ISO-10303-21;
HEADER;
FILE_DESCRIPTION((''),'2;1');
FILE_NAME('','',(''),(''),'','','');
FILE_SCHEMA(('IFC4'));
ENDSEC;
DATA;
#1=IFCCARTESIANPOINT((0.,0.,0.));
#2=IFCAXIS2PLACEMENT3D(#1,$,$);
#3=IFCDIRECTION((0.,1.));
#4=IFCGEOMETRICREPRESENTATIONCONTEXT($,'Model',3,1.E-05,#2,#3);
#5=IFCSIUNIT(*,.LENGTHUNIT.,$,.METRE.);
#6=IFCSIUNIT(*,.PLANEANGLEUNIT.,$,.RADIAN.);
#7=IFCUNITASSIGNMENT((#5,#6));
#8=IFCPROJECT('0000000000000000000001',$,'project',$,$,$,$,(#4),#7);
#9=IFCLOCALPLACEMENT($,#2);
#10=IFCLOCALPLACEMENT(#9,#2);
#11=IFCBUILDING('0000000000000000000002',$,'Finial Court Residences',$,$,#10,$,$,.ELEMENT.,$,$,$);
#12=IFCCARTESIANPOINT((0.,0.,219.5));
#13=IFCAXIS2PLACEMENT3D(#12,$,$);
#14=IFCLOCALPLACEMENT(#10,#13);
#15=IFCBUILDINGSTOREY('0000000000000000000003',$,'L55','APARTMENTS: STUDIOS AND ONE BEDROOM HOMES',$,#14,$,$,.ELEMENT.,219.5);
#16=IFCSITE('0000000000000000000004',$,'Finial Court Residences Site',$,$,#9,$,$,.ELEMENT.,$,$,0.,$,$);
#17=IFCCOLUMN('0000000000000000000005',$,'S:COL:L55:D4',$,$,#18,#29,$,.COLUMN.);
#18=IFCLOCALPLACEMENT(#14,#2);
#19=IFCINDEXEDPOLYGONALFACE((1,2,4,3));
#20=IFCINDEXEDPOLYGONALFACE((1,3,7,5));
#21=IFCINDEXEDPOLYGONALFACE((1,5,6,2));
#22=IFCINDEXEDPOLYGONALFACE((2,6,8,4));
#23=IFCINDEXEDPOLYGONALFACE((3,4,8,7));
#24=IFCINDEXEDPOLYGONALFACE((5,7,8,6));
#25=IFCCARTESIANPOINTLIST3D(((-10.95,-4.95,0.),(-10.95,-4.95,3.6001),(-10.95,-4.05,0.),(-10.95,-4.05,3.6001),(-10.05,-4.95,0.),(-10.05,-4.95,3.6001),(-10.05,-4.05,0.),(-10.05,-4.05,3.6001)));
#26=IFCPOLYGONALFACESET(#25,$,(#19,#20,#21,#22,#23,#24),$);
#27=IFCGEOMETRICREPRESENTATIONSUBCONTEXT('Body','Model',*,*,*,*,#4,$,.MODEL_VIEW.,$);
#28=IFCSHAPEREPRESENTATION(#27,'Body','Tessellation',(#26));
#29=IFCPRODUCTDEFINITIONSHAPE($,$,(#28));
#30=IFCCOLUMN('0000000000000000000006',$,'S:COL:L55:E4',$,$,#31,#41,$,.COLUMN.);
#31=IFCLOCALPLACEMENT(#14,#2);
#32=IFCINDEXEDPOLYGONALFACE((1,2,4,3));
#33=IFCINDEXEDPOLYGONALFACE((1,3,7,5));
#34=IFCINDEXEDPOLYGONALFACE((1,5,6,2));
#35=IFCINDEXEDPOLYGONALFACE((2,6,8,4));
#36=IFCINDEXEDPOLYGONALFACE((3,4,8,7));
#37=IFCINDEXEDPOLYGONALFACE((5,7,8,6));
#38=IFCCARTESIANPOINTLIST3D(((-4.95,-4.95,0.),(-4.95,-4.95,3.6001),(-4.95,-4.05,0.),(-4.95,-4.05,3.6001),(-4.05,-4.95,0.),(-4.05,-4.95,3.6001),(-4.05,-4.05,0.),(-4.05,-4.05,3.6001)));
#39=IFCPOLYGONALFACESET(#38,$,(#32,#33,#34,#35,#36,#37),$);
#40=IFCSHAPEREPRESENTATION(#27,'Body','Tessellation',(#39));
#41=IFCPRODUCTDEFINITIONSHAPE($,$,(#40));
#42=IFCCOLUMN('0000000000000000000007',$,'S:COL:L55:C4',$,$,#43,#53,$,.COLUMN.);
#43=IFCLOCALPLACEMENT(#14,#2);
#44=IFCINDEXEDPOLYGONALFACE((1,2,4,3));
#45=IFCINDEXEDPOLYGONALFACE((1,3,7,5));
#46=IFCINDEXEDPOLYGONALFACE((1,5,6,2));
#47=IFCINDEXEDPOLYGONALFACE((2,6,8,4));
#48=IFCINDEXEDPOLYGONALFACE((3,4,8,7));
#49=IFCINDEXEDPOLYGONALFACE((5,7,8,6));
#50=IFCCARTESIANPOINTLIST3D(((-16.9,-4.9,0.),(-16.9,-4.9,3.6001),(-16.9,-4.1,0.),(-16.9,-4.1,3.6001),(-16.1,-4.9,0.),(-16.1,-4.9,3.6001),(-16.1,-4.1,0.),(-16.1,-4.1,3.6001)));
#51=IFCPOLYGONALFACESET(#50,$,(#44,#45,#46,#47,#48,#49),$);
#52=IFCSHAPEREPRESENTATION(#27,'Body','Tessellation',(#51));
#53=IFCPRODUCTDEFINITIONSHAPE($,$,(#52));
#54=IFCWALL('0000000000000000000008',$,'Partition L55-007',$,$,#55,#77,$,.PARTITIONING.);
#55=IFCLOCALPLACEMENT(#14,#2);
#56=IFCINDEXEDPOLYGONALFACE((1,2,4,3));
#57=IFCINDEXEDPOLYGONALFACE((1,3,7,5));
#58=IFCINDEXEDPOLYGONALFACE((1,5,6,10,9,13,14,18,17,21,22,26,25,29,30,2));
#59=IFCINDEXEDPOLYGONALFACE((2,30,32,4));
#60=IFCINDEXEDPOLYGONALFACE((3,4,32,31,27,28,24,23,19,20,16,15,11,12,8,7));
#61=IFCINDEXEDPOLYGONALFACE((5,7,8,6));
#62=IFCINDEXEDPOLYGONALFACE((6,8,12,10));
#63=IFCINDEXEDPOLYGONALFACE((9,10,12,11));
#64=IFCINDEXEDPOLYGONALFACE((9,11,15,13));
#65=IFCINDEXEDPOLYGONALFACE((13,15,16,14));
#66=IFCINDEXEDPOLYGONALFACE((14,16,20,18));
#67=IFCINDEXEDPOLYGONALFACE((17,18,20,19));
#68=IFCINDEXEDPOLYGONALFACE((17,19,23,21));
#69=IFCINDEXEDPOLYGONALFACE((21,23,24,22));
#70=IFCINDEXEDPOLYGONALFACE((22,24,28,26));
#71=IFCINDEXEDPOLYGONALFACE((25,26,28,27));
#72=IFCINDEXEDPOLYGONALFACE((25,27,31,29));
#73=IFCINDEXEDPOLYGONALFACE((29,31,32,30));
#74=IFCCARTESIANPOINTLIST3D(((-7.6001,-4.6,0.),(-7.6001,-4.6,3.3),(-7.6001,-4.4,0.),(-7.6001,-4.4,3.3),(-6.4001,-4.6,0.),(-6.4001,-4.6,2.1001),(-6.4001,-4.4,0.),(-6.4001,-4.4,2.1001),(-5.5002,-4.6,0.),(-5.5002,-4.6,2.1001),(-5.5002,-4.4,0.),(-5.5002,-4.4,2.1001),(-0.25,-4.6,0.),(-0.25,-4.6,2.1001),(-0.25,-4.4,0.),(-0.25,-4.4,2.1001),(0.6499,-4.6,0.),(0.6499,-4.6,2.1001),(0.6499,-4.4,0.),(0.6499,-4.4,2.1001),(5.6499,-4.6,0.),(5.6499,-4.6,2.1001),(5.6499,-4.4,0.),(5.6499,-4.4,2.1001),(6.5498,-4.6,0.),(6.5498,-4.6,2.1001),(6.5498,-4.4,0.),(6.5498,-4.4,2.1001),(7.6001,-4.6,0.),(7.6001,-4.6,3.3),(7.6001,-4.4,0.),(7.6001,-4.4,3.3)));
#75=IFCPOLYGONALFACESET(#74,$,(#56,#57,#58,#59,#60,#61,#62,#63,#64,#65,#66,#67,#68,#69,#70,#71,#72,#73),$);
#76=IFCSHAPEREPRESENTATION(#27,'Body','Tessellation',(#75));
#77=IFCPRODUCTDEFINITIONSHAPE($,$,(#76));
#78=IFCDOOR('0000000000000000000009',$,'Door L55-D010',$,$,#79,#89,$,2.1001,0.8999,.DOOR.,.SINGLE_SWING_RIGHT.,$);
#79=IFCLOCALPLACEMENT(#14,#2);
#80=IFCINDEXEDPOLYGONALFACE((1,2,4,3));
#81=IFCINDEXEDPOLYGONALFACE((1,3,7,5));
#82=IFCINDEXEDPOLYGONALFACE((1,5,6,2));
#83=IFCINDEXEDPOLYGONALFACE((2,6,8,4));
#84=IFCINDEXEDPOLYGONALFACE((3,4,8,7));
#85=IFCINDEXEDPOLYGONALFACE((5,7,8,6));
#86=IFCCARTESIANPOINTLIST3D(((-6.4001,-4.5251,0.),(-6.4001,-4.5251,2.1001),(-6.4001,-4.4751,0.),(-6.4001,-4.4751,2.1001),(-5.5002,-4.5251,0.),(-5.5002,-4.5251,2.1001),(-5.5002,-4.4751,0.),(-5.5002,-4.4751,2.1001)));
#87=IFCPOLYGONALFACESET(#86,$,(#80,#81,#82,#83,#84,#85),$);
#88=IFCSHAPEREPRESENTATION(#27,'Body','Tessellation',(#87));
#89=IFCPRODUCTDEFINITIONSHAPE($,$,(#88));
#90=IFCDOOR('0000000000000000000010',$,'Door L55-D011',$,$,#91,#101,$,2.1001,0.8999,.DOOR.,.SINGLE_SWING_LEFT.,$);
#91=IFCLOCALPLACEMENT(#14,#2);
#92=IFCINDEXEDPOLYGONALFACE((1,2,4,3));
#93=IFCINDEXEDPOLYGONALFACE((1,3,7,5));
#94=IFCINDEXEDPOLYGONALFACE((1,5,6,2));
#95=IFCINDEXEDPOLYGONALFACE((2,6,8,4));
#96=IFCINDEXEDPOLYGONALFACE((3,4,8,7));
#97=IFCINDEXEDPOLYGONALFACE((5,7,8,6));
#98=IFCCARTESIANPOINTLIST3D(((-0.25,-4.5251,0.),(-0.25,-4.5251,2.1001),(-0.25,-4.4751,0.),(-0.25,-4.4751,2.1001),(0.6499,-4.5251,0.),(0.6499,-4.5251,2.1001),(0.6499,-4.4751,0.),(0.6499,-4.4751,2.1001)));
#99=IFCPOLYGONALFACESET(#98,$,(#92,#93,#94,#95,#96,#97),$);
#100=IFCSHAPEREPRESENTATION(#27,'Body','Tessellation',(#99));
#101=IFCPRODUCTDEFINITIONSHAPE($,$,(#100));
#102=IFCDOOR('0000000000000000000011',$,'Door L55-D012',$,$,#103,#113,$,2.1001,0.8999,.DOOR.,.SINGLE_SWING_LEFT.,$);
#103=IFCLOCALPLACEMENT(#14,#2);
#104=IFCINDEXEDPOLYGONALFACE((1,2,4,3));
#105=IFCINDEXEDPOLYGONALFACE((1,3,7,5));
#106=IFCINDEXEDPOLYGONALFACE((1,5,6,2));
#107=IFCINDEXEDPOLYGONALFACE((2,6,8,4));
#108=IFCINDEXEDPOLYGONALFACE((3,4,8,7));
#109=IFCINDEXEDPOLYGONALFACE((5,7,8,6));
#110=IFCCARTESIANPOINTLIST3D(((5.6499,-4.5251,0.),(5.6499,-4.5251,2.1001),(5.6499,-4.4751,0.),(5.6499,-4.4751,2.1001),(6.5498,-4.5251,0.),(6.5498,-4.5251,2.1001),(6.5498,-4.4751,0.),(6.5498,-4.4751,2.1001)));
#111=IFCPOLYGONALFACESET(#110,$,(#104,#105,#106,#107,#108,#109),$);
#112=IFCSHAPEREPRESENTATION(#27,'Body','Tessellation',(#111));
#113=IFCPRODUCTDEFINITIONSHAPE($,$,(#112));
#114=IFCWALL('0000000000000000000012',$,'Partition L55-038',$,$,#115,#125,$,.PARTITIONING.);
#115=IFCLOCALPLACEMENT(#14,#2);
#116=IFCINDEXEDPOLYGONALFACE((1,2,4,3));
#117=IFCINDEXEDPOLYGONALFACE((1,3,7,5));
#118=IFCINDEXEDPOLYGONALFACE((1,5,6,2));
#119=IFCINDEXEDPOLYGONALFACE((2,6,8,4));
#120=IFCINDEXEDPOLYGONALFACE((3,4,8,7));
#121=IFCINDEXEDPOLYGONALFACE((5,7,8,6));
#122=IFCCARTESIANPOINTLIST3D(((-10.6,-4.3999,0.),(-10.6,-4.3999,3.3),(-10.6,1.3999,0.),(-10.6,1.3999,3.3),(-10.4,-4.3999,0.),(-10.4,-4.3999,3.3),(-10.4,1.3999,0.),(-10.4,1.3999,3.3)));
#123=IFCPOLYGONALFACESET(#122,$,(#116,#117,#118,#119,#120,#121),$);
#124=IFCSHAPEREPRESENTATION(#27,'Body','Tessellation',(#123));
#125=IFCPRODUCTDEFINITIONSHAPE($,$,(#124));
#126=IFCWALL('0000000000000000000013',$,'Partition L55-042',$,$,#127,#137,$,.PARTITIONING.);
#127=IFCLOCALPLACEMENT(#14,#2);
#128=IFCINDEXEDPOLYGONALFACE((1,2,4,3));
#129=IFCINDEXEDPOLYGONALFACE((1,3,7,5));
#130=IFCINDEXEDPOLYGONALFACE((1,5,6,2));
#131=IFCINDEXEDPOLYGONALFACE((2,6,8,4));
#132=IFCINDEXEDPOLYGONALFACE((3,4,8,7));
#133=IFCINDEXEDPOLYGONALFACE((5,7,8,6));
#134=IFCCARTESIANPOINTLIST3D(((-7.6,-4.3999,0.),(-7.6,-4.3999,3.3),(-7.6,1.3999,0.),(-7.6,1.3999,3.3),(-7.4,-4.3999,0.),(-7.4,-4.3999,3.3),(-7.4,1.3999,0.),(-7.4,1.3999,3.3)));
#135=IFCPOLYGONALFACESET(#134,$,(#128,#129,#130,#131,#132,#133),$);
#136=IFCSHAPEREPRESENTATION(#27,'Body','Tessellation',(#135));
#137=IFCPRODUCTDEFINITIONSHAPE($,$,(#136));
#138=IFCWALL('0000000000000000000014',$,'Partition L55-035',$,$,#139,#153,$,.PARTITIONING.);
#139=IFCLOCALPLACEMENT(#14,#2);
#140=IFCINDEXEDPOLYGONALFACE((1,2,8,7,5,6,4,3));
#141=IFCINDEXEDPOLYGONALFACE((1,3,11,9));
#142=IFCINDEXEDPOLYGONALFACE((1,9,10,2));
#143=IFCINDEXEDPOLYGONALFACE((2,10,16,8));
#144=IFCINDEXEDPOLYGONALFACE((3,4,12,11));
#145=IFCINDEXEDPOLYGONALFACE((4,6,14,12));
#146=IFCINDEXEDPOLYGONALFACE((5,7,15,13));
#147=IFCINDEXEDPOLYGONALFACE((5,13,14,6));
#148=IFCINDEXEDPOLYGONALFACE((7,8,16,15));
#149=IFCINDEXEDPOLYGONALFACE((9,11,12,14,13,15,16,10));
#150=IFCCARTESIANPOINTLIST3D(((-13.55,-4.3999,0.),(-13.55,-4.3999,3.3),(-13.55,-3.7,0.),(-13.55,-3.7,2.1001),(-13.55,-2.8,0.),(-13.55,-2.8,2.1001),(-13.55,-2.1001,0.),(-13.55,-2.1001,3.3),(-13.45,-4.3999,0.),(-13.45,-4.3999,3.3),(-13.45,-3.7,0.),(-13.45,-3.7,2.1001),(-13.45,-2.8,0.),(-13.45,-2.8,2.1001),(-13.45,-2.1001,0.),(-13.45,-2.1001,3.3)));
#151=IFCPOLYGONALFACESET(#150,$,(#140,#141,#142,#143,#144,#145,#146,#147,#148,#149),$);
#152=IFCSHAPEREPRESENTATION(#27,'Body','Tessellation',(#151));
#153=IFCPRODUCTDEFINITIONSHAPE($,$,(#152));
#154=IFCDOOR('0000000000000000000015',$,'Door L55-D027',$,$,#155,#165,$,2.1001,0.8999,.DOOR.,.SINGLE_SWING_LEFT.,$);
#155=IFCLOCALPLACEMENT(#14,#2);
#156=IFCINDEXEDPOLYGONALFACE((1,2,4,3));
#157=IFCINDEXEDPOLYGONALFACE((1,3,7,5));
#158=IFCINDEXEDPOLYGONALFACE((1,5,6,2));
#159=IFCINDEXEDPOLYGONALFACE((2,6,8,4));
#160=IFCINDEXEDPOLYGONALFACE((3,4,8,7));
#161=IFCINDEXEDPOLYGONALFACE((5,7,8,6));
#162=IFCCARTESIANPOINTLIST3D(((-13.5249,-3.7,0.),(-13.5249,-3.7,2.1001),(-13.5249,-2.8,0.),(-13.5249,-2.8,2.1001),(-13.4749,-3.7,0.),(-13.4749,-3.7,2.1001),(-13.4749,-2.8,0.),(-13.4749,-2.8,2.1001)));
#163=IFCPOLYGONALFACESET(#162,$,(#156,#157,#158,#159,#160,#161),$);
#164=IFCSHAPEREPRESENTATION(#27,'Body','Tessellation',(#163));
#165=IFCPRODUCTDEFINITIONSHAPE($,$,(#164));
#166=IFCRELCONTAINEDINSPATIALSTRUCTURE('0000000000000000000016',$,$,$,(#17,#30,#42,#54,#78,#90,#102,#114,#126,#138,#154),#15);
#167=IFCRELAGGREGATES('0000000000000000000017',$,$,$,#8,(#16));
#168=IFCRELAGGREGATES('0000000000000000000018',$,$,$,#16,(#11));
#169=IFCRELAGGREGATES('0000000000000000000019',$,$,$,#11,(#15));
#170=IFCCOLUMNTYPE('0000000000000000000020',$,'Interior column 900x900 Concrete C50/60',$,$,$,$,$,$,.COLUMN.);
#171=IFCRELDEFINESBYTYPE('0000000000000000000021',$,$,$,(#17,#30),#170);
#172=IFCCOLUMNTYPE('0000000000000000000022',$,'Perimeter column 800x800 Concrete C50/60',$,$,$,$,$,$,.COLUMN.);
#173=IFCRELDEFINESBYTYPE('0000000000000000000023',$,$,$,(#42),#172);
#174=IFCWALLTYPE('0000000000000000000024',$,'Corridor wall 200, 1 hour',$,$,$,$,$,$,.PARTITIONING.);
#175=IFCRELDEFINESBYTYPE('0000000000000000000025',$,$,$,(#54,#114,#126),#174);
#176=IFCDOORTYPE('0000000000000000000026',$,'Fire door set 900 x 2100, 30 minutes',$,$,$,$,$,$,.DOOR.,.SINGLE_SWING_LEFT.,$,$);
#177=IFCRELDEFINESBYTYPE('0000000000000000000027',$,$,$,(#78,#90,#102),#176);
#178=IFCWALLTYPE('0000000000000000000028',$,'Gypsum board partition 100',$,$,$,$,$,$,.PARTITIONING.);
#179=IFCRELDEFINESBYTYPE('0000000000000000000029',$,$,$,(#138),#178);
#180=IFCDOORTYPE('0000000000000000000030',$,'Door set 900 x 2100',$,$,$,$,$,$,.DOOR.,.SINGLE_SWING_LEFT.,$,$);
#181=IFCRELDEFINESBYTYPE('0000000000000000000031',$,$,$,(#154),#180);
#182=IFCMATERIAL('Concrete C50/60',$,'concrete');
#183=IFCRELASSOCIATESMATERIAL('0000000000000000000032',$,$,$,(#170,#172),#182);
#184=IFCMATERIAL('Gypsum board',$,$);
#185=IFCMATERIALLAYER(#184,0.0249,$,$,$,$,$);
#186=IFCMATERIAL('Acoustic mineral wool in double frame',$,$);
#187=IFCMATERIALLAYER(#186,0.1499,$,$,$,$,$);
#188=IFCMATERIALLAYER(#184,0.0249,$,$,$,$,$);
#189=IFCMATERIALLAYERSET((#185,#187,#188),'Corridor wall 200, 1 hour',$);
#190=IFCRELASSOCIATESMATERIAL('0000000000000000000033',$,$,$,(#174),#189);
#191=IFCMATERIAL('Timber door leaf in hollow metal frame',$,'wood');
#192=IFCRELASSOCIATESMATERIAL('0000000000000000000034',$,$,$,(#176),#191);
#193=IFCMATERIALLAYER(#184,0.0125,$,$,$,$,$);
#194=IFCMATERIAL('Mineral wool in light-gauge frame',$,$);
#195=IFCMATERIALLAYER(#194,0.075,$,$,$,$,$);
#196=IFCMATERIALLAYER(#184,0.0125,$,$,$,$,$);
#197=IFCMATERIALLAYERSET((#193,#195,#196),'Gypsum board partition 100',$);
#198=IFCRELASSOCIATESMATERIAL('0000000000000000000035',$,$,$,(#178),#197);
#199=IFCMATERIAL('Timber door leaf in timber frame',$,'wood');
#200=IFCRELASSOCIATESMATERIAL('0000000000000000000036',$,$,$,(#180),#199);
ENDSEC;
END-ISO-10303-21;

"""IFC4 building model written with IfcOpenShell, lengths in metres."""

from ifc_helpers import new_model, si_unit, direction, frame, frame_2d, origin, origin_2d, place, context, subcontext, project, spatial, rectangle, extrude, material, layer, layer_set, material_profile, profile_set, type_object, element, fill, save


model = new_model("IFC4")

# Units and contexts
model_context = context("Model", 3, precision=1e-05, world=origin(), true_north=direction((0.0, 1.0)))
body_context = subcontext(model_context, "Body", "Model", "MODEL_VIEW")
ifc_project = project(units=[si_unit("LENGTHUNIT", "METRE"), si_unit("PLANEANGLEUNIT", "RADIAN")], contexts=[model_context])

# Site, building, storey
site_placement = place(None, origin())
site = spatial("IfcSite", under=ifc_project, at=site_placement, Name="Finial Court Residences Site", CompositionType="ELEMENT", RefElevation=0.0)
building_placement = place(site_placement, origin())
building = spatial("IfcBuilding", under=site, at=building_placement, Name="Finial Court Residences", CompositionType="ELEMENT")
storey_placement = place(building_placement, frame((0.0, 0.0, 219.5)))
storey = spatial("IfcBuildingStorey", under=building, at=storey_placement, Name="L55", Description="APARTMENTS: STUDIOS AND ONE BEDROOM HOMES", CompositionType="ELEMENT", Elevation=219.5)

# Columns
ifc_material_1 = material(Name="Concrete C50/60", Category="concrete")
ifc_material_profile_1 = material_profile(ifc_material_1, rectangle(XDim=0.8999, YDim=0.8999, at=origin_2d()), Name="900x900")
ifc_profile_set_1 = profile_set([ifc_material_profile_1], Name="Concrete C50/60")
column_type_1 = type_object("IfcColumnType", Name="Interior column 900x900 Concrete C50/60", PredefinedType="COLUMN", material=ifc_profile_set_1)
for number, where, z_axis, x_axis, name in (
    (1, (-10.5, -4.5, 0.0), (0.0, 0.0, 1.0), (1.0, 0.0, 0.0), "S:COL:L55:D4"),
    (2, (-4.5, -4.5, 0.0), (0.0, 0.0, 1.0), (1.0, 0.0, 0.0), "S:COL:L55:E4"),
):
    element("IfcColumn", number, at=place(storey_placement, frame(where, z_axis=z_axis, x_axis=x_axis)), inside=storey, type_object=column_type_1, Name=name, PredefinedType="COLUMN", context=body_context, shape_type="SweptSolid", body=[
        extrude(rectangle(XDim=0.8999, YDim=0.8999, at=origin_2d()), origin(), (0.0, 0.0, 1.0), 3.6001),
    ])
ifc_material_profile_2 = material_profile(ifc_material_1, rectangle(XDim=0.8, YDim=0.8, at=origin_2d()), Name="800x800")
ifc_profile_set_2 = profile_set([ifc_material_profile_2], Name="Concrete C50/60")
column_type_2 = type_object("IfcColumnType", Name="Perimeter column 800x800 Concrete C50/60", PredefinedType="COLUMN", material=ifc_profile_set_2)
column_placement = place(storey_placement, frame((-16.5, -4.5, 0.0), z_axis=(0.0, 0.0, 1.0), x_axis=(1.0, 0.0, 0.0)))
element("IfcColumn", 3, at=column_placement, inside=storey, type_object=column_type_2, Name="S:COL:L55:C4", PredefinedType="COLUMN", context=body_context, shape_type="SweptSolid", body=[
    extrude(rectangle(XDim=0.8, YDim=0.8, at=origin_2d()), origin(), (0.0, 0.0, 1.0), 3.6001),
])

# Wall, openings, doors
ifc_material_2 = material(Name="Gypsum board")
ifc_layer_1 = layer(ifc_material_2, 0.0249)
ifc_material_3 = material(Name="Acoustic mineral wool in double frame")
ifc_layer_2 = layer(ifc_material_3, 0.1499)
ifc_layer_3 = layer(ifc_material_2, 0.0249)
ifc_layer_set_1 = layer_set([ifc_layer_1, ifc_layer_2, ifc_layer_3], Name="Corridor wall 200, 1 hour")
wall_type_1 = type_object("IfcWallType", Name="Corridor wall 200, 1 hour", PredefinedType="PARTITIONING", material=ifc_layer_set_1)
wall_1_placement = place(storey_placement, frame((-7.6001, -4.5, 0.0), z_axis=(0.0, 0.0, 1.0), x_axis=(1.0, 0.0, 0.0)))
wall_1 = element("IfcWall", 4, at=wall_1_placement, inside=storey, type_object=wall_type_1, Name="Partition L55-007", PredefinedType="PARTITIONING", context=body_context, shape_type="SweptSolid", body=[
    extrude(rectangle(XDim=15.2002, YDim=0.2, at=frame_2d((7.6001, 0.0))), origin(), (0.0, 0.0, 1.0), 3.3),
])
opening_1_placement = place(wall_1_placement, frame((1.2, 0.0, 0.0)))
opening_1 = element("IfcOpeningElement", 5, at=opening_1_placement, cuts=wall_1, PredefinedType="OPENING", context=body_context, shape_type="SweptSolid", body=[
    extrude(rectangle(XDim=0.8999, YDim=2.1001, at=frame_2d((0.45, 1.05))), frame((0.0, 0.1099, 0.0), z_axis=(0.0, -1.0, 0.0), x_axis=(1.0, 0.0, 0.0)), (0.0, 0.0, 1.0), 0.22),
])
opening_2_placement = place(wall_1_placement, frame((7.3501, 0.0, 0.0)))
opening_2 = element("IfcOpeningElement", 6, at=opening_2_placement, cuts=wall_1, PredefinedType="OPENING", context=body_context, shape_type="SweptSolid", body=[
    extrude(rectangle(XDim=0.8999, YDim=2.1001, at=frame_2d((0.45, 1.05))), frame((0.0, 0.1099, 0.0), z_axis=(0.0, -1.0, 0.0), x_axis=(1.0, 0.0, 0.0)), (0.0, 0.0, 1.0), 0.22),
])
opening_3_placement = place(wall_1_placement, frame((13.25, 0.0, 0.0)))
opening_3 = element("IfcOpeningElement", 7, at=opening_3_placement, cuts=wall_1, PredefinedType="OPENING", context=body_context, shape_type="SweptSolid", body=[
    extrude(rectangle(XDim=0.8999, YDim=2.1001, at=frame_2d((0.45, 1.05))), frame((0.0, 0.1099, 0.0), z_axis=(0.0, -1.0, 0.0), x_axis=(1.0, 0.0, 0.0)), (0.0, 0.0, 1.0), 0.22),
])
ifc_material_4 = material(Name="Timber door leaf in hollow metal frame", Category="wood")
door_type_1 = type_object("IfcDoorType", Name="Fire door set 900 x 2100, 30 minutes", OperationType="SINGLE_SWING_LEFT", PredefinedType="DOOR", material=ifc_material_4)
door_1_placement = place(opening_1_placement, origin())
door_1 = element("IfcDoor", 8, at=door_1_placement, inside=storey, type_object=door_type_1, Name="Door L55-D010", OperationType="SINGLE_SWING_RIGHT", OverallHeight=2.1001, OverallWidth=0.8999, PredefinedType="DOOR", context=body_context, shape_type="SweptSolid", body=[
    extrude(rectangle(XDim=0.8999, YDim=2.1001, at=frame_2d((0.45, 1.05))), frame((0.0, 0.0249, 0.0), z_axis=(0.0, -1.0, 0.0), x_axis=(1.0, 0.0, 0.0)), (0.0, 0.0, 1.0), 0.05),
])
fill(opening_1, door_1)
door_2_placement = place(opening_2_placement, origin())
door_2 = element("IfcDoor", 9, at=door_2_placement, inside=storey, type_object=door_type_1, Name="Door L55-D011", OperationType="SINGLE_SWING_LEFT", OverallHeight=2.1001, OverallWidth=0.8999, PredefinedType="DOOR", context=body_context, shape_type="SweptSolid", body=[
    extrude(rectangle(XDim=0.8999, YDim=2.1001, at=frame_2d((0.45, 1.05))), frame((0.0, 0.0249, 0.0), z_axis=(0.0, -1.0, 0.0), x_axis=(1.0, 0.0, 0.0)), (0.0, 0.0, 1.0), 0.05),
])
fill(opening_2, door_2)
door_3_placement = place(opening_3_placement, origin())
door_3 = element("IfcDoor", 10, at=door_3_placement, inside=storey, type_object=door_type_1, Name="Door L55-D012", OperationType="SINGLE_SWING_LEFT", OverallHeight=2.1001, OverallWidth=0.8999, PredefinedType="DOOR", context=body_context, shape_type="SweptSolid", body=[
    extrude(rectangle(XDim=0.8999, YDim=2.1001, at=frame_2d((0.45, 1.05))), frame((0.0, 0.0249, 0.0), z_axis=(0.0, -1.0, 0.0), x_axis=(1.0, 0.0, 0.0)), (0.0, 0.0, 1.0), 0.05),
])
fill(opening_3, door_3)

# Walls
for number, where, z_axis, x_axis, name in (
    (11, (-10.5, -4.3999, 0.0), (0.0, 0.0, 1.0), (0.0, 1.0, 0.0), "Partition L55-038"),
    (12, (-7.5, -4.3999, 0.0), (0.0, 0.0, 1.0), (0.0, 1.0, 0.0), "Partition L55-042"),
):
    element("IfcWall", number, at=place(storey_placement, frame(where, z_axis=z_axis, x_axis=x_axis)), inside=storey, type_object=wall_type_1, Name=name, PredefinedType="PARTITIONING", context=body_context, shape_type="SweptSolid", body=[
        extrude(rectangle(XDim=5.7998, YDim=0.2, at=frame_2d((2.8999, 0.0))), origin(), (0.0, 0.0, 1.0), 3.3),
    ])

# Wall, opening, door
ifc_layer_4 = layer(ifc_material_2, 0.0125)
ifc_material_5 = material(Name="Mineral wool in light-gauge frame")
ifc_layer_5 = layer(ifc_material_5, 0.075)
ifc_layer_6 = layer(ifc_material_2, 0.0125)
ifc_layer_set_2 = layer_set([ifc_layer_4, ifc_layer_5, ifc_layer_6], Name="Gypsum board partition 100")
wall_type_2 = type_object("IfcWallType", Name="Gypsum board partition 100", PredefinedType="PARTITIONING", material=ifc_layer_set_2)
wall_2_placement = place(storey_placement, frame((-13.5, -4.3999, 0.0), z_axis=(0.0, 0.0, 1.0), x_axis=(0.0, 1.0, 0.0)))
wall_2 = element("IfcWall", 13, at=wall_2_placement, inside=storey, type_object=wall_type_2, Name="Partition L55-035", PredefinedType="PARTITIONING", context=body_context, shape_type="SweptSolid", body=[
    extrude(rectangle(XDim=2.2998, YDim=0.1001, at=frame_2d((1.1499, 0.0))), origin(), (0.0, 0.0, 1.0), 3.3),
])
opening_4_placement = place(wall_2_placement, frame((0.7, 0.0, 0.0)))
opening_4 = element("IfcOpeningElement", 14, at=opening_4_placement, cuts=wall_2, PredefinedType="OPENING", context=body_context, shape_type="SweptSolid", body=[
    extrude(rectangle(XDim=0.8999, YDim=2.1001, at=frame_2d((0.45, 1.05))), frame((0.0, 0.0601, 0.0), z_axis=(0.0, -1.0, 0.0), x_axis=(1.0, 0.0, 0.0)), (0.0, 0.0, 1.0), 0.1201),
])
ifc_material_6 = material(Name="Timber door leaf in timber frame", Category="wood")
door_type_2 = type_object("IfcDoorType", Name="Door set 900 x 2100", OperationType="SINGLE_SWING_LEFT", PredefinedType="DOOR", material=ifc_material_6)
door_4_placement = place(opening_4_placement, origin())
door_4 = element("IfcDoor", 15, at=door_4_placement, inside=storey, type_object=door_type_2, Name="Door L55-D027", OperationType="SINGLE_SWING_LEFT", OverallHeight=2.1001, OverallWidth=0.8999, PredefinedType="DOOR", context=body_context, shape_type="SweptSolid", body=[
    extrude(rectangle(XDim=0.8999, YDim=2.1001, at=frame_2d((0.45, 1.05))), frame((0.0, 0.0249, 0.0), z_axis=(0.0, -1.0, 0.0), x_axis=(1.0, 0.0, 0.0)), (0.0, 0.0, 1.0), 0.05),
])
fill(opening_4, door_4)

save(model, "model.ifc")
